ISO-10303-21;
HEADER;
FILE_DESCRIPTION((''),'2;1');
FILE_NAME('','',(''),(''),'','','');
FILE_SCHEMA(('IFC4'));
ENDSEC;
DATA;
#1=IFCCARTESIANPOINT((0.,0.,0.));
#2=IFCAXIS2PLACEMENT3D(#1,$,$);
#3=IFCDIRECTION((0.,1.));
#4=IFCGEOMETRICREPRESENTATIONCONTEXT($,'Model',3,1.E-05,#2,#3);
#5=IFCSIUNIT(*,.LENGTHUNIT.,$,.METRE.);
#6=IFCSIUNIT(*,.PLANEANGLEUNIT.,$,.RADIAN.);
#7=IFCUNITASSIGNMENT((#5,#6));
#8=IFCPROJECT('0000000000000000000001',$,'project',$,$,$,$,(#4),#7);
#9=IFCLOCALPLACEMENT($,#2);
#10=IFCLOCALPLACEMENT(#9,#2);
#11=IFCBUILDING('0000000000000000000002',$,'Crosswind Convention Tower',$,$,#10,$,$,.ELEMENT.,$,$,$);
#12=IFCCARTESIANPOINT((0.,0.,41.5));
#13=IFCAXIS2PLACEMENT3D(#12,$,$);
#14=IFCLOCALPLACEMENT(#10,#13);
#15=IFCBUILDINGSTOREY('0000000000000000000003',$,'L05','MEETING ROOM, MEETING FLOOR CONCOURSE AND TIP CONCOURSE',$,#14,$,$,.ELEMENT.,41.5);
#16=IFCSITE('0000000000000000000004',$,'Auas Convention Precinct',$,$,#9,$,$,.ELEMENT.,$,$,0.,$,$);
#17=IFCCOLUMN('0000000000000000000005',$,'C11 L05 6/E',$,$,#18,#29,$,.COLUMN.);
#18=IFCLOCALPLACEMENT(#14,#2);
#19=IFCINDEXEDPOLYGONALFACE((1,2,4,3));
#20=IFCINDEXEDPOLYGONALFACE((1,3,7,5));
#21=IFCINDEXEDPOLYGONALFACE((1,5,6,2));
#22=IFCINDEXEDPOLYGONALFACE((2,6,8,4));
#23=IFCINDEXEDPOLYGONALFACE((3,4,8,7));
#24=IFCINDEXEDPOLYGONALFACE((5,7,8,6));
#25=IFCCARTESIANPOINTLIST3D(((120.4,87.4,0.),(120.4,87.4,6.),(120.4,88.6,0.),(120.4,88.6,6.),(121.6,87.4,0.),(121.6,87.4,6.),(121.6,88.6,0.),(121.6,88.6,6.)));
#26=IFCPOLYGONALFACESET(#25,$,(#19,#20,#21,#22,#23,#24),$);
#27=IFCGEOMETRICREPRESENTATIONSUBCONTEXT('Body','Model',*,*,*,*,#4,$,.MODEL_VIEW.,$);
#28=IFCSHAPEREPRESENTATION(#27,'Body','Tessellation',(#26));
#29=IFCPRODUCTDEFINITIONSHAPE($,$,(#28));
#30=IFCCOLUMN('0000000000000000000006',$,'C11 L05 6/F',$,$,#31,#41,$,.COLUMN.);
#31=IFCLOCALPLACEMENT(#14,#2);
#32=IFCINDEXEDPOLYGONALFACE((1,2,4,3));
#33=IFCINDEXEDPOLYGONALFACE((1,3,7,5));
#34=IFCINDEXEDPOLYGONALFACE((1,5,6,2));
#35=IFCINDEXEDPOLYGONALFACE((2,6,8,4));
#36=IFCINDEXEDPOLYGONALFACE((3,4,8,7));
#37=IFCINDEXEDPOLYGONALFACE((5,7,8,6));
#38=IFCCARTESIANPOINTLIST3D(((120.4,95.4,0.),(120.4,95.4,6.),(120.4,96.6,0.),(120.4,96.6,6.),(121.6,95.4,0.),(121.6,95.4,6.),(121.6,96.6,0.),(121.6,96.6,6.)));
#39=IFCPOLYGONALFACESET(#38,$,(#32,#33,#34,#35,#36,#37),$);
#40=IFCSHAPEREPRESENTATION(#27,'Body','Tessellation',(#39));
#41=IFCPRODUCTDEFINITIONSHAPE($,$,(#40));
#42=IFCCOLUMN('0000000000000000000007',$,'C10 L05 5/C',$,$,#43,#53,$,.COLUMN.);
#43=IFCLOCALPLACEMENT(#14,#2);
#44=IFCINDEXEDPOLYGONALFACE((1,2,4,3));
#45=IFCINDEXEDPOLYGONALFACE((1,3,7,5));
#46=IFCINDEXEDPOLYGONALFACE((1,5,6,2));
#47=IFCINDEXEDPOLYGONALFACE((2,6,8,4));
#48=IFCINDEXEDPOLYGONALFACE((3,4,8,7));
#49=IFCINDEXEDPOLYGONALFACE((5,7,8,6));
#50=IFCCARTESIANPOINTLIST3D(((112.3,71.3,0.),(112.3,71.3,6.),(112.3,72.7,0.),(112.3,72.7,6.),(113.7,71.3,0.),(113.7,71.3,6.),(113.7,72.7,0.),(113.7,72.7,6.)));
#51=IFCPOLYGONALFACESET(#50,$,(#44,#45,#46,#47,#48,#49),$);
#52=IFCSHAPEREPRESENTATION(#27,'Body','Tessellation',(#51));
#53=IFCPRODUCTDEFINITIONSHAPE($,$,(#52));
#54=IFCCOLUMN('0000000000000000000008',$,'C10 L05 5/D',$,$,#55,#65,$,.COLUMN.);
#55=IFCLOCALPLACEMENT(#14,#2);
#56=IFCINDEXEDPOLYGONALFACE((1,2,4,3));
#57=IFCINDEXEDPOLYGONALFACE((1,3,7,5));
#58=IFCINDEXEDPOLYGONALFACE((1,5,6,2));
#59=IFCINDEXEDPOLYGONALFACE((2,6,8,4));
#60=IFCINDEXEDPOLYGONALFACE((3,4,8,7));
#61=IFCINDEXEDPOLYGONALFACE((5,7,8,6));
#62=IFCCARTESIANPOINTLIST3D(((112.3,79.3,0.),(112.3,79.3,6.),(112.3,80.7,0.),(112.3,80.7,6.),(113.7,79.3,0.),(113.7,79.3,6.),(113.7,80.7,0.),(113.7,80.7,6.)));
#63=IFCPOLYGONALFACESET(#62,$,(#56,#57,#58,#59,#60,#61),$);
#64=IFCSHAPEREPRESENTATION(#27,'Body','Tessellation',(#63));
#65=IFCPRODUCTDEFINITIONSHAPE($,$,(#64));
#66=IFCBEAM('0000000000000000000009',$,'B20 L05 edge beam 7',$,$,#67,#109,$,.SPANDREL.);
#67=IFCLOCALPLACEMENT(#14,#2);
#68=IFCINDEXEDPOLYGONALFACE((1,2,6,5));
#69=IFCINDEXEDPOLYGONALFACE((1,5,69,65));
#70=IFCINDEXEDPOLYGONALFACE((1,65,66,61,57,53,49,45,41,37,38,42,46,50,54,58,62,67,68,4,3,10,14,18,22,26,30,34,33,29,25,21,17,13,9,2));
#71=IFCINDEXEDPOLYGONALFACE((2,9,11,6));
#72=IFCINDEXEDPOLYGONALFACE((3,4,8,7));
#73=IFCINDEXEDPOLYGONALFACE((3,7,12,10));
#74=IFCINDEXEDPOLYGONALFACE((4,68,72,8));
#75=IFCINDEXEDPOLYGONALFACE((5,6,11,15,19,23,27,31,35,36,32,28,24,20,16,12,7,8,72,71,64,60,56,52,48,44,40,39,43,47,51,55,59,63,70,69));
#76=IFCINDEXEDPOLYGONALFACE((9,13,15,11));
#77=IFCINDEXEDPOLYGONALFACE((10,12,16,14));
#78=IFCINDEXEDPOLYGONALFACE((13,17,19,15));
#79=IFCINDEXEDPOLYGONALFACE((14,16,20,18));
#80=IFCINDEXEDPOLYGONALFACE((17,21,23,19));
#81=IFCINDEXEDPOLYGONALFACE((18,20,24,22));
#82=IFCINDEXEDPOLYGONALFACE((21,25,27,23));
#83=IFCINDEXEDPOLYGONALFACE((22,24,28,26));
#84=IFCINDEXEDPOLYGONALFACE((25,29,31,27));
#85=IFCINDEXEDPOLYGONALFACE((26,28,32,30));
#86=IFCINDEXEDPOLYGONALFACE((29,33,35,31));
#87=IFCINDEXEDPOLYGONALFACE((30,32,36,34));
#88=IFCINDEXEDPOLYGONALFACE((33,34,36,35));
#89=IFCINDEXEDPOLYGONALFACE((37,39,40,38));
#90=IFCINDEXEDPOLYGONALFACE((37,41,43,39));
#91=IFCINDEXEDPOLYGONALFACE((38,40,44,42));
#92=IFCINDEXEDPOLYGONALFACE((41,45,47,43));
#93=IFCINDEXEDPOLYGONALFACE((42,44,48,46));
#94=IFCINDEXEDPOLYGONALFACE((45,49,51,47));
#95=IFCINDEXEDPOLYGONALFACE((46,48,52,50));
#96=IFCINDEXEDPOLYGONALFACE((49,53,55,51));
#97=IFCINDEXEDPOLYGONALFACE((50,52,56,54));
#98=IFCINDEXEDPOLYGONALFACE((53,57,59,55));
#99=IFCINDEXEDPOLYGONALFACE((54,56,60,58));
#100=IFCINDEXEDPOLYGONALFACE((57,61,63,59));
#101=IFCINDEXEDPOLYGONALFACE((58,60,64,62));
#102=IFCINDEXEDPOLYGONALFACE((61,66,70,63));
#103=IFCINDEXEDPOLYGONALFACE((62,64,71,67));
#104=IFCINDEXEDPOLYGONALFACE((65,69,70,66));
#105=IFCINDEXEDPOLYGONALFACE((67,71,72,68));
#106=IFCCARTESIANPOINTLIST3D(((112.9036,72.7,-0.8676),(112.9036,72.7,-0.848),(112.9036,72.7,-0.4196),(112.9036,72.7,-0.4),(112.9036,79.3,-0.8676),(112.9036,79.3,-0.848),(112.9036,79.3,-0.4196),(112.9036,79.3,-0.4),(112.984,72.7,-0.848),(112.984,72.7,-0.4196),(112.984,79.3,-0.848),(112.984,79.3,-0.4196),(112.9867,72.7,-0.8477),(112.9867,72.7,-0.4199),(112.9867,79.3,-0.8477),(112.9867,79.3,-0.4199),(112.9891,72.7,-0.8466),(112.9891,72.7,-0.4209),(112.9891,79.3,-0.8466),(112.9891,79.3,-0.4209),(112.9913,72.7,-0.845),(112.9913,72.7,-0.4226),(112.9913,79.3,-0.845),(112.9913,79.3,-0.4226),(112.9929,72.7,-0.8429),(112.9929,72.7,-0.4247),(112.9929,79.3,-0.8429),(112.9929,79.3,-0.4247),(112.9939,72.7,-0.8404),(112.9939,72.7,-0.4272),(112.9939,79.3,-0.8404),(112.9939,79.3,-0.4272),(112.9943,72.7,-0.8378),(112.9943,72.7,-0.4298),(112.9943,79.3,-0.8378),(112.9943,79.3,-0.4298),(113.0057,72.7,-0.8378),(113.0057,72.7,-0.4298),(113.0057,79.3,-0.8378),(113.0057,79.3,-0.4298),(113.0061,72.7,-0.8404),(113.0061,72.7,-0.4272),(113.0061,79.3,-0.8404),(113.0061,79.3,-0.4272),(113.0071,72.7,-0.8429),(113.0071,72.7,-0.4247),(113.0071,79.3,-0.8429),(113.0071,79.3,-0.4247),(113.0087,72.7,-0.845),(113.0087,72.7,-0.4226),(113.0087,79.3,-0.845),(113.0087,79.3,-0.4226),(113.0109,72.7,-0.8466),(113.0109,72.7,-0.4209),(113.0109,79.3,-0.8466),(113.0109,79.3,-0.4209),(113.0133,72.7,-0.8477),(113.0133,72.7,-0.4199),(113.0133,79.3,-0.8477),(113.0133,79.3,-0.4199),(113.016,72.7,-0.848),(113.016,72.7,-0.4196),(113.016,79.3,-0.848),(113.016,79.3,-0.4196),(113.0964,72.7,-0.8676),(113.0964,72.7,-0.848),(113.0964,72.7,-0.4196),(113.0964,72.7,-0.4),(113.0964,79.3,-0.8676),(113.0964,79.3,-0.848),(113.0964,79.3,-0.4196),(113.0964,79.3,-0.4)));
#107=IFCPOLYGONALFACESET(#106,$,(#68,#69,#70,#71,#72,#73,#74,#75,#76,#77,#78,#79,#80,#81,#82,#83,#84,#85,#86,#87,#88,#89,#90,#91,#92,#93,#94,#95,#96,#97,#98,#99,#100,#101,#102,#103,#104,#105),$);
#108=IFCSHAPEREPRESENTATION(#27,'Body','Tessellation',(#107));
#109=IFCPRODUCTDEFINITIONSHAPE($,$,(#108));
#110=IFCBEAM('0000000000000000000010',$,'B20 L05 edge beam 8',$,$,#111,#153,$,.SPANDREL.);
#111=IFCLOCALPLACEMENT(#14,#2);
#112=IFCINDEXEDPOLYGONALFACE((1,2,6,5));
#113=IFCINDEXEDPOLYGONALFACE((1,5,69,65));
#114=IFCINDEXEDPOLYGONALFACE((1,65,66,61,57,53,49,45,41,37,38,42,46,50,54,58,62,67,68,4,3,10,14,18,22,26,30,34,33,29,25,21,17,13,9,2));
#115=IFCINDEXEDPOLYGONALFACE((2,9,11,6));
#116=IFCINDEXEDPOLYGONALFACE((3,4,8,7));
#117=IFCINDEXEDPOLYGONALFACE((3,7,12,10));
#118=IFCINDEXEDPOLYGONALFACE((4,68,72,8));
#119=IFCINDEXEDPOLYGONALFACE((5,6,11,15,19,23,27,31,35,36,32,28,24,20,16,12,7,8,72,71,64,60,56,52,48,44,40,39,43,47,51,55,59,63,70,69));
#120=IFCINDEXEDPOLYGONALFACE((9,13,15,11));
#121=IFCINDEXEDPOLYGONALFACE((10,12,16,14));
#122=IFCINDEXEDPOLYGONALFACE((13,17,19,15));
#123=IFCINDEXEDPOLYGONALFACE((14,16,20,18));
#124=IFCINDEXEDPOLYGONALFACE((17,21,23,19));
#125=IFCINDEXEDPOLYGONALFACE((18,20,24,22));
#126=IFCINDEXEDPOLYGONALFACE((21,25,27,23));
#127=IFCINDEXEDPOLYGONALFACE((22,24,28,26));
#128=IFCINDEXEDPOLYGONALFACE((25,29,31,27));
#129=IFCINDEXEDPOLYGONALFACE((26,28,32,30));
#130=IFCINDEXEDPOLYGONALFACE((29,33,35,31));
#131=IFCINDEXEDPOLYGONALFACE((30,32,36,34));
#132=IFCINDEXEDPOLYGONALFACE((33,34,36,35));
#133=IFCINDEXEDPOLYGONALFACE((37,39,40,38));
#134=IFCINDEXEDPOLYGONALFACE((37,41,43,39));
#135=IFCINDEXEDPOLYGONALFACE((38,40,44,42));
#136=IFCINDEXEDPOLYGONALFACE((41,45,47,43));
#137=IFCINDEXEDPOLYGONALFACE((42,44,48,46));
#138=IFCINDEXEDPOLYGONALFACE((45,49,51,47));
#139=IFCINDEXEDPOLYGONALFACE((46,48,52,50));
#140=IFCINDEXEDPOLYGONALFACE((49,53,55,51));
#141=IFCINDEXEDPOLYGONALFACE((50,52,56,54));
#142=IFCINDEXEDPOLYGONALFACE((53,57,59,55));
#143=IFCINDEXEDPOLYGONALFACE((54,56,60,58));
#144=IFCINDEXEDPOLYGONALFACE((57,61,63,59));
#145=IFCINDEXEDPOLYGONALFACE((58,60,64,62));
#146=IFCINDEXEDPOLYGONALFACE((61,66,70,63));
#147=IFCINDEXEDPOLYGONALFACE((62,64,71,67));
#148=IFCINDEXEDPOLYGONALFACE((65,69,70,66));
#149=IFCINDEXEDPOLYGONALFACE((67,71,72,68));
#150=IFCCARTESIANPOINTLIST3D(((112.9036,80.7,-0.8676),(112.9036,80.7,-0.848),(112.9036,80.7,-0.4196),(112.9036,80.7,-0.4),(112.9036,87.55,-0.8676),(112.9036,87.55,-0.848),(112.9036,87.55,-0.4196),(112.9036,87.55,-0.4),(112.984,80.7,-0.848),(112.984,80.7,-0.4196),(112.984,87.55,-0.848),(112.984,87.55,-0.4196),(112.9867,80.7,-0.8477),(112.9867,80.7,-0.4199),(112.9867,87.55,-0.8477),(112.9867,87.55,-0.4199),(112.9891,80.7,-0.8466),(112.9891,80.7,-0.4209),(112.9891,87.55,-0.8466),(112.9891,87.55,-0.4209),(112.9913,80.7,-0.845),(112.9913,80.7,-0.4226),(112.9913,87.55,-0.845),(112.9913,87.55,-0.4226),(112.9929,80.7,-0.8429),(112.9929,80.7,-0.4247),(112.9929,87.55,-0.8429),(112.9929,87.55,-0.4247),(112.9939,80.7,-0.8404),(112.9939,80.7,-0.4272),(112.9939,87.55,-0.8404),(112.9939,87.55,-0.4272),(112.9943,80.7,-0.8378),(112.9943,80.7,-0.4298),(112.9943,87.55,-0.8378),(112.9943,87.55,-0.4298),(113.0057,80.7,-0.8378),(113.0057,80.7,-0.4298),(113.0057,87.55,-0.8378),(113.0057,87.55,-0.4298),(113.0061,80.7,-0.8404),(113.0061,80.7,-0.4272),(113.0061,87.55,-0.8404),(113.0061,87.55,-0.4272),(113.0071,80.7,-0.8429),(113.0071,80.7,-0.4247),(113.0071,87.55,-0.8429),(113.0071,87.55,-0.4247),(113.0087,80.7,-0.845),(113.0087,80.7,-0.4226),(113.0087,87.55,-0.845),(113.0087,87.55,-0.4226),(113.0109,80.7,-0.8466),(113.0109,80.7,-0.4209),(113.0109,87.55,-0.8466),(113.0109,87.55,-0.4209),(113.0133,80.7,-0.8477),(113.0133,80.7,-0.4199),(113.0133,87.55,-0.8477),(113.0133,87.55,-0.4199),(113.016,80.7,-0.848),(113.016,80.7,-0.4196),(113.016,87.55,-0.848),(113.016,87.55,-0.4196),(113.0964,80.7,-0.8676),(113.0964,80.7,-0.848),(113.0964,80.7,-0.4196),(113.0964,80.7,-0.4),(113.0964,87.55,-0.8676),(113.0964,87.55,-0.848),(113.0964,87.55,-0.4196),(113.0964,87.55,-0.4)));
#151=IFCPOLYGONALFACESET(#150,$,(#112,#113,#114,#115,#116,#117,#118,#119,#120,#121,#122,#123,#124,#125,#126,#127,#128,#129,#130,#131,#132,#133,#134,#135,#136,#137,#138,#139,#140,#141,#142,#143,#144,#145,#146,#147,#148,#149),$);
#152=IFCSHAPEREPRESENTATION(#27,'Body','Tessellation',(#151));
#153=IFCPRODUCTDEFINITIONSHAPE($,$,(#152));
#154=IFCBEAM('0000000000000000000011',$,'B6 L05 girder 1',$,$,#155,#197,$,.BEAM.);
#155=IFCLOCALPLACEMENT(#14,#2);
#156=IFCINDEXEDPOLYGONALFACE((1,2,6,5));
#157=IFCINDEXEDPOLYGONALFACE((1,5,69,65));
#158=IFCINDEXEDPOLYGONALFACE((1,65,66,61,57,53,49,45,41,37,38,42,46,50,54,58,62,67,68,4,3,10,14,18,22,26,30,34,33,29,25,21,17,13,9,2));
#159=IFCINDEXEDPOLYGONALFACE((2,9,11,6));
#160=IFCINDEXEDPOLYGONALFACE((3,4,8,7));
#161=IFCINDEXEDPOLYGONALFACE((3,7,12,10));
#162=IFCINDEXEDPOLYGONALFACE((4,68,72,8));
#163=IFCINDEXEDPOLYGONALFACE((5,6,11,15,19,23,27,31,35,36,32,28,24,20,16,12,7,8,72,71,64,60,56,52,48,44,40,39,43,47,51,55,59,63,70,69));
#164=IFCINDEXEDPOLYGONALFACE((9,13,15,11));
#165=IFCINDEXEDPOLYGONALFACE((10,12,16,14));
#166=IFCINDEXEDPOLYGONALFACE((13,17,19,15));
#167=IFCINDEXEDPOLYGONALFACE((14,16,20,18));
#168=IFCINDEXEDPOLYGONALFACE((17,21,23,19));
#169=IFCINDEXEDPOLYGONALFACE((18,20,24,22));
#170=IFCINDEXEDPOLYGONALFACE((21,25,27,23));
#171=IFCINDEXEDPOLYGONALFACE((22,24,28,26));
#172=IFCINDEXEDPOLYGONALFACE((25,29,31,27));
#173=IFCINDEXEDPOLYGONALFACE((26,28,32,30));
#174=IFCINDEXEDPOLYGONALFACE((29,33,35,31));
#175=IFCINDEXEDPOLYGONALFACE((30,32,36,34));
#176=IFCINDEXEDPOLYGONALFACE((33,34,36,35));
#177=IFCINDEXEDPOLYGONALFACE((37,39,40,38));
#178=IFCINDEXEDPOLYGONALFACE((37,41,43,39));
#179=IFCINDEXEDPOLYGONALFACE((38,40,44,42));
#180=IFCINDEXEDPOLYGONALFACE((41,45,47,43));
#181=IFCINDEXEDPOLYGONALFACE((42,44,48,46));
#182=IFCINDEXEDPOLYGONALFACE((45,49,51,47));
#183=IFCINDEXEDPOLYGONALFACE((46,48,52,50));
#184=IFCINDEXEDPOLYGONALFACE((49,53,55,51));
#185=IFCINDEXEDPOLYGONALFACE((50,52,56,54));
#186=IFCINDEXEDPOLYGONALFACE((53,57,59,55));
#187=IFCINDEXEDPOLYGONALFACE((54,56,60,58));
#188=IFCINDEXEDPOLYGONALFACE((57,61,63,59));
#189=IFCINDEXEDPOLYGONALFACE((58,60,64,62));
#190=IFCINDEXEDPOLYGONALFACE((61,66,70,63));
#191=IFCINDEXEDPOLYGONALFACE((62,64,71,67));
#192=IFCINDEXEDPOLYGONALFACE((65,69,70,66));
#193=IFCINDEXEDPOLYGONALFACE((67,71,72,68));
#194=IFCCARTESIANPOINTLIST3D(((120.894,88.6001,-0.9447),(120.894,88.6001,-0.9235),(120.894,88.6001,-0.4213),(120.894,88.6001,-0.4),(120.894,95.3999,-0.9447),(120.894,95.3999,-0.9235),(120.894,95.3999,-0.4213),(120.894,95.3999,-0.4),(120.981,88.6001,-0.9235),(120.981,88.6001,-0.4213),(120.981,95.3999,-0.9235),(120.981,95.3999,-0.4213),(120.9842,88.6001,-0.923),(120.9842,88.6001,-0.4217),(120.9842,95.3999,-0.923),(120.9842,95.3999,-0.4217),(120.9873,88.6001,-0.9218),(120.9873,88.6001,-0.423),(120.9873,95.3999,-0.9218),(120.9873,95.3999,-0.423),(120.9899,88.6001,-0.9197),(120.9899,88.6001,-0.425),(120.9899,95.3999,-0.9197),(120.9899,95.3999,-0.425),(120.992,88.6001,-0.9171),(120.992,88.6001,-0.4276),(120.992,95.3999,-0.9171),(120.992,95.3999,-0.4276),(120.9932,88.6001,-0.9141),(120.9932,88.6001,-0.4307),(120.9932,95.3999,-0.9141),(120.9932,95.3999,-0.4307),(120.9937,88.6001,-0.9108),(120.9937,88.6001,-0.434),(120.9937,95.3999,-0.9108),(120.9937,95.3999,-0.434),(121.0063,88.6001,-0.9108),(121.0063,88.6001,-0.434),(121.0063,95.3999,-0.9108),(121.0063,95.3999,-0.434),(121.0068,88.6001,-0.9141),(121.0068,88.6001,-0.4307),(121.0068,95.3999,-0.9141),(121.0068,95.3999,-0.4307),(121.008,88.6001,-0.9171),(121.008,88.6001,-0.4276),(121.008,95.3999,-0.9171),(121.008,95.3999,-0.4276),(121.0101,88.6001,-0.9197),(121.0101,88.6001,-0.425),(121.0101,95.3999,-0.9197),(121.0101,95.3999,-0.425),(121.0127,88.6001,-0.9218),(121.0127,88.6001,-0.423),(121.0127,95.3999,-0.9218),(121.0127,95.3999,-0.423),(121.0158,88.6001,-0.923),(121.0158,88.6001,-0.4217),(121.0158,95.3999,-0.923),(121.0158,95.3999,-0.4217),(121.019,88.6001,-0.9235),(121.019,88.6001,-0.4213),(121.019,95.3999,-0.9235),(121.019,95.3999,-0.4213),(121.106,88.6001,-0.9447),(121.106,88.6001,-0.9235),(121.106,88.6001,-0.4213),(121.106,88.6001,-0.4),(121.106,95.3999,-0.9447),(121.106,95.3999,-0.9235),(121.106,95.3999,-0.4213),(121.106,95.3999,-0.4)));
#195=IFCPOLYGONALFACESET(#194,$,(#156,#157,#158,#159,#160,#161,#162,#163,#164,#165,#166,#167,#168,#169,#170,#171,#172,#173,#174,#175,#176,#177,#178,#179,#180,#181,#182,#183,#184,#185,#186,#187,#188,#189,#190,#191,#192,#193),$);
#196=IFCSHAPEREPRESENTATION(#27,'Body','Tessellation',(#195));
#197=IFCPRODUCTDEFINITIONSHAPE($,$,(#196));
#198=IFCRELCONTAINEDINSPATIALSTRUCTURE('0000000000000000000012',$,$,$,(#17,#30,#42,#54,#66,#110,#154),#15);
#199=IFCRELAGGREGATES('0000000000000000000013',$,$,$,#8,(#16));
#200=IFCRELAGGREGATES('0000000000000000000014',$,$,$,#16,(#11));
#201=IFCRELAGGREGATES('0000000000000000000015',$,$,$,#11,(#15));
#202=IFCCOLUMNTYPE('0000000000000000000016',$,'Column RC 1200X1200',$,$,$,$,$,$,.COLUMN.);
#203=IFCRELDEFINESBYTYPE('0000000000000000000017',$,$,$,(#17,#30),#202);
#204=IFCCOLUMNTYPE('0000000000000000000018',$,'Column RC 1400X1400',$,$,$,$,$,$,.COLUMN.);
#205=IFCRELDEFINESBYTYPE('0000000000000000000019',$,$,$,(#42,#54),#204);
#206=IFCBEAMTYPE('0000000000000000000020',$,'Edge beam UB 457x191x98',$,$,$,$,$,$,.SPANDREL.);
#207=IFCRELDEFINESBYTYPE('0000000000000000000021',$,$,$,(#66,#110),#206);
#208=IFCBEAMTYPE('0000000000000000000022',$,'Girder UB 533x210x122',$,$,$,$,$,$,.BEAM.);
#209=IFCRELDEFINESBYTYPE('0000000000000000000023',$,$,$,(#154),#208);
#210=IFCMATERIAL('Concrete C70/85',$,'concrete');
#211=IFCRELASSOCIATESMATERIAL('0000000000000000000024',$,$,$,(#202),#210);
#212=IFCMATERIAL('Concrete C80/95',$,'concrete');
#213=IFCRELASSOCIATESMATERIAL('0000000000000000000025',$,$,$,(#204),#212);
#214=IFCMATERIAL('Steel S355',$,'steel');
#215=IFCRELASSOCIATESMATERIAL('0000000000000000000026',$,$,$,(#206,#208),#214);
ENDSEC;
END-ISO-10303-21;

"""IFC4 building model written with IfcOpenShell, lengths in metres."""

from ifc_helpers import new_model, si_unit, direction, frame, origin, origin_2d, place, context, subcontext, project, spatial, rectangle, i_section, extrude, material, material_profile, profile_set, type_object, element, save


model = new_model("IFC4")

# Units and contexts
model_context = context("Model", 3, precision=1e-05, world=origin(), true_north=direction((0.0, 1.0)))
body_context = subcontext(model_context, "Body", "Model", "MODEL_VIEW")
ifc_project = project(units=[si_unit("LENGTHUNIT", "METRE"), si_unit("PLANEANGLEUNIT", "RADIAN")], contexts=[model_context])

# Site, building, storey
site_placement = place(None, origin())
site = spatial("IfcSite", under=ifc_project, at=site_placement, Name="Auas Convention Precinct", CompositionType="ELEMENT", RefElevation=0.0)
building_placement = place(site_placement, origin())
building = spatial("IfcBuilding", under=site, at=building_placement, Name="Crosswind Convention Tower", CompositionType="ELEMENT")
storey_placement = place(building_placement, frame((0.0, 0.0, 41.5)))
storey = spatial("IfcBuildingStorey", under=building, at=storey_placement, Name="L05", Description="MEETING ROOM, MEETING FLOOR CONCOURSE AND TIP CONCOURSE", CompositionType="ELEMENT", Elevation=41.5)

# Columns
ifc_material_1 = material(Name="Concrete C70/85", Category="concrete")
ifc_material_profile_1 = material_profile(ifc_material_1, rectangle(XDim=1.2, YDim=1.2, at=origin_2d()), Name="RC 1200X1200")
ifc_profile_set_1 = profile_set([ifc_material_profile_1], Name="Concrete C70/85")
column_type_1 = type_object("IfcColumnType", Name="Column RC 1200X1200", PredefinedType="COLUMN", material=ifc_profile_set_1)
for number, where, z_axis, x_axis, name in (
    (1, (121.0, 88.0, 0.0), (0.0, 0.0, 1.0), (1.0, 0.0, 0.0), "C11 L05 6/E"),
    (2, (121.0, 96.0, 0.0), (0.0, 0.0, 1.0), (1.0, 0.0, 0.0), "C11 L05 6/F"),
):
    element("IfcColumn", number, at=place(storey_placement, frame(where, z_axis=z_axis, x_axis=x_axis)), inside=storey, type_object=column_type_1, Name=name, PredefinedType="COLUMN", context=body_context, shape_type="SweptSolid", body=[
        extrude(rectangle(XDim=1.2, YDim=1.2, at=origin_2d()), origin(), (0.0, 0.0, 1.0), 6.0),
    ])
ifc_material_2 = material(Name="Concrete C80/95", Category="concrete")
ifc_material_profile_2 = material_profile(ifc_material_2, rectangle(XDim=1.3999, YDim=1.3999, at=origin_2d()), Name="RC 1400X1400")
ifc_profile_set_2 = profile_set([ifc_material_profile_2], Name="Concrete C80/95")
column_type_2 = type_object("IfcColumnType", Name="Column RC 1400X1400", PredefinedType="COLUMN", material=ifc_profile_set_2)
for number, where, z_axis, x_axis, name in (
    (3, (113.0, 72.0, 0.0), (0.0, 0.0, 1.0), (1.0, 0.0, 0.0), "C10 L05 5/C"),
    (4, (113.0, 80.0, 0.0), (0.0, 0.0, 1.0), (1.0, 0.0, 0.0), "C10 L05 5/D"),
):
    element("IfcColumn", number, at=place(storey_placement, frame(where, z_axis=z_axis, x_axis=x_axis)), inside=storey, type_object=column_type_2, Name=name, PredefinedType="COLUMN", context=body_context, shape_type="SweptSolid", body=[
        extrude(rectangle(XDim=1.3999, YDim=1.3999, at=origin_2d()), origin(), (0.0, 0.0, 1.0), 6.0),
    ])

# Beams
ifc_material_3 = material(Name="Steel S355", Category="steel")
ifc_material_profile_3 = material_profile(ifc_material_3, i_section(OverallWidth=0.1929, OverallDepth=0.4675, WebThickness=0.0115, FlangeThickness=0.0195, FilletRadius=0.0103, at=origin_2d()), Name="UB 457x191x98")
ifc_profile_set_3 = profile_set([ifc_material_profile_3], Name="Steel S355")
beam_type_1 = type_object("IfcBeamType", Name="Edge beam UB 457x191x98", PredefinedType="SPANDREL", material=ifc_profile_set_3)
beam_1_placement = place(storey_placement, frame((113.0, 72.7, -0.6338), z_axis=(0.0, 1.0, 0.0), x_axis=(-1.0, 0.0, 0.0)))
element("IfcBeam", 5, at=beam_1_placement, inside=storey, type_object=beam_type_1, Name="B20 L05 edge beam 7", PredefinedType="SPANDREL", context=body_context, shape_type="SweptSolid", body=[
    extrude(i_section(OverallWidth=0.1929, OverallDepth=0.4675, WebThickness=0.0115, FlangeThickness=0.0195, FilletRadius=0.0103, at=origin_2d()), origin(), (0.0, 0.0, 1.0), 6.6001),
])
beam_2_placement = place(storey_placement, frame((113.0, 80.7, -0.6338), z_axis=(0.0, 1.0, 0.0), x_axis=(-1.0, 0.0, 0.0)))
element("IfcBeam", 6, at=beam_2_placement, inside=storey, type_object=beam_type_1, Name="B20 L05 edge beam 8", PredefinedType="SPANDREL", context=body_context, shape_type="SweptSolid", body=[
    extrude(i_section(OverallWidth=0.1929, OverallDepth=0.4675, WebThickness=0.0115, FlangeThickness=0.0195, FilletRadius=0.0103, at=origin_2d()), origin(), (0.0, 0.0, 1.0), 6.8501),
])
ifc_material_profile_4 = material_profile(ifc_material_3, i_section(OverallWidth=0.2119, OverallDepth=0.5447, WebThickness=0.0127, FlangeThickness=0.0212, FilletRadius=0.0127, at=origin_2d()), Name="UB 533x210x122")
ifc_profile_set_4 = profile_set([ifc_material_profile_4], Name="Steel S355")
beam_type_2 = type_object("IfcBeamType", Name="Girder UB 533x210x122", PredefinedType="BEAM", material=ifc_profile_set_4)
beam_3_placement = place(storey_placement, frame((121.0, 88.6001, -0.6724), z_axis=(0.0, 1.0, 0.0), x_axis=(-1.0, 0.0, 0.0)))
element("IfcBeam", 7, at=beam_3_placement, inside=storey, type_object=beam_type_2, Name="B6 L05 girder 1", PredefinedType="BEAM", context=body_context, shape_type="SweptSolid", body=[
    extrude(i_section(OverallWidth=0.2119, OverallDepth=0.5447, WebThickness=0.0127, FlangeThickness=0.0212, FilletRadius=0.0127, at=origin_2d()), origin(), (0.0, 0.0, 1.0), 6.7998),
])

save(model, "model.ifc")
